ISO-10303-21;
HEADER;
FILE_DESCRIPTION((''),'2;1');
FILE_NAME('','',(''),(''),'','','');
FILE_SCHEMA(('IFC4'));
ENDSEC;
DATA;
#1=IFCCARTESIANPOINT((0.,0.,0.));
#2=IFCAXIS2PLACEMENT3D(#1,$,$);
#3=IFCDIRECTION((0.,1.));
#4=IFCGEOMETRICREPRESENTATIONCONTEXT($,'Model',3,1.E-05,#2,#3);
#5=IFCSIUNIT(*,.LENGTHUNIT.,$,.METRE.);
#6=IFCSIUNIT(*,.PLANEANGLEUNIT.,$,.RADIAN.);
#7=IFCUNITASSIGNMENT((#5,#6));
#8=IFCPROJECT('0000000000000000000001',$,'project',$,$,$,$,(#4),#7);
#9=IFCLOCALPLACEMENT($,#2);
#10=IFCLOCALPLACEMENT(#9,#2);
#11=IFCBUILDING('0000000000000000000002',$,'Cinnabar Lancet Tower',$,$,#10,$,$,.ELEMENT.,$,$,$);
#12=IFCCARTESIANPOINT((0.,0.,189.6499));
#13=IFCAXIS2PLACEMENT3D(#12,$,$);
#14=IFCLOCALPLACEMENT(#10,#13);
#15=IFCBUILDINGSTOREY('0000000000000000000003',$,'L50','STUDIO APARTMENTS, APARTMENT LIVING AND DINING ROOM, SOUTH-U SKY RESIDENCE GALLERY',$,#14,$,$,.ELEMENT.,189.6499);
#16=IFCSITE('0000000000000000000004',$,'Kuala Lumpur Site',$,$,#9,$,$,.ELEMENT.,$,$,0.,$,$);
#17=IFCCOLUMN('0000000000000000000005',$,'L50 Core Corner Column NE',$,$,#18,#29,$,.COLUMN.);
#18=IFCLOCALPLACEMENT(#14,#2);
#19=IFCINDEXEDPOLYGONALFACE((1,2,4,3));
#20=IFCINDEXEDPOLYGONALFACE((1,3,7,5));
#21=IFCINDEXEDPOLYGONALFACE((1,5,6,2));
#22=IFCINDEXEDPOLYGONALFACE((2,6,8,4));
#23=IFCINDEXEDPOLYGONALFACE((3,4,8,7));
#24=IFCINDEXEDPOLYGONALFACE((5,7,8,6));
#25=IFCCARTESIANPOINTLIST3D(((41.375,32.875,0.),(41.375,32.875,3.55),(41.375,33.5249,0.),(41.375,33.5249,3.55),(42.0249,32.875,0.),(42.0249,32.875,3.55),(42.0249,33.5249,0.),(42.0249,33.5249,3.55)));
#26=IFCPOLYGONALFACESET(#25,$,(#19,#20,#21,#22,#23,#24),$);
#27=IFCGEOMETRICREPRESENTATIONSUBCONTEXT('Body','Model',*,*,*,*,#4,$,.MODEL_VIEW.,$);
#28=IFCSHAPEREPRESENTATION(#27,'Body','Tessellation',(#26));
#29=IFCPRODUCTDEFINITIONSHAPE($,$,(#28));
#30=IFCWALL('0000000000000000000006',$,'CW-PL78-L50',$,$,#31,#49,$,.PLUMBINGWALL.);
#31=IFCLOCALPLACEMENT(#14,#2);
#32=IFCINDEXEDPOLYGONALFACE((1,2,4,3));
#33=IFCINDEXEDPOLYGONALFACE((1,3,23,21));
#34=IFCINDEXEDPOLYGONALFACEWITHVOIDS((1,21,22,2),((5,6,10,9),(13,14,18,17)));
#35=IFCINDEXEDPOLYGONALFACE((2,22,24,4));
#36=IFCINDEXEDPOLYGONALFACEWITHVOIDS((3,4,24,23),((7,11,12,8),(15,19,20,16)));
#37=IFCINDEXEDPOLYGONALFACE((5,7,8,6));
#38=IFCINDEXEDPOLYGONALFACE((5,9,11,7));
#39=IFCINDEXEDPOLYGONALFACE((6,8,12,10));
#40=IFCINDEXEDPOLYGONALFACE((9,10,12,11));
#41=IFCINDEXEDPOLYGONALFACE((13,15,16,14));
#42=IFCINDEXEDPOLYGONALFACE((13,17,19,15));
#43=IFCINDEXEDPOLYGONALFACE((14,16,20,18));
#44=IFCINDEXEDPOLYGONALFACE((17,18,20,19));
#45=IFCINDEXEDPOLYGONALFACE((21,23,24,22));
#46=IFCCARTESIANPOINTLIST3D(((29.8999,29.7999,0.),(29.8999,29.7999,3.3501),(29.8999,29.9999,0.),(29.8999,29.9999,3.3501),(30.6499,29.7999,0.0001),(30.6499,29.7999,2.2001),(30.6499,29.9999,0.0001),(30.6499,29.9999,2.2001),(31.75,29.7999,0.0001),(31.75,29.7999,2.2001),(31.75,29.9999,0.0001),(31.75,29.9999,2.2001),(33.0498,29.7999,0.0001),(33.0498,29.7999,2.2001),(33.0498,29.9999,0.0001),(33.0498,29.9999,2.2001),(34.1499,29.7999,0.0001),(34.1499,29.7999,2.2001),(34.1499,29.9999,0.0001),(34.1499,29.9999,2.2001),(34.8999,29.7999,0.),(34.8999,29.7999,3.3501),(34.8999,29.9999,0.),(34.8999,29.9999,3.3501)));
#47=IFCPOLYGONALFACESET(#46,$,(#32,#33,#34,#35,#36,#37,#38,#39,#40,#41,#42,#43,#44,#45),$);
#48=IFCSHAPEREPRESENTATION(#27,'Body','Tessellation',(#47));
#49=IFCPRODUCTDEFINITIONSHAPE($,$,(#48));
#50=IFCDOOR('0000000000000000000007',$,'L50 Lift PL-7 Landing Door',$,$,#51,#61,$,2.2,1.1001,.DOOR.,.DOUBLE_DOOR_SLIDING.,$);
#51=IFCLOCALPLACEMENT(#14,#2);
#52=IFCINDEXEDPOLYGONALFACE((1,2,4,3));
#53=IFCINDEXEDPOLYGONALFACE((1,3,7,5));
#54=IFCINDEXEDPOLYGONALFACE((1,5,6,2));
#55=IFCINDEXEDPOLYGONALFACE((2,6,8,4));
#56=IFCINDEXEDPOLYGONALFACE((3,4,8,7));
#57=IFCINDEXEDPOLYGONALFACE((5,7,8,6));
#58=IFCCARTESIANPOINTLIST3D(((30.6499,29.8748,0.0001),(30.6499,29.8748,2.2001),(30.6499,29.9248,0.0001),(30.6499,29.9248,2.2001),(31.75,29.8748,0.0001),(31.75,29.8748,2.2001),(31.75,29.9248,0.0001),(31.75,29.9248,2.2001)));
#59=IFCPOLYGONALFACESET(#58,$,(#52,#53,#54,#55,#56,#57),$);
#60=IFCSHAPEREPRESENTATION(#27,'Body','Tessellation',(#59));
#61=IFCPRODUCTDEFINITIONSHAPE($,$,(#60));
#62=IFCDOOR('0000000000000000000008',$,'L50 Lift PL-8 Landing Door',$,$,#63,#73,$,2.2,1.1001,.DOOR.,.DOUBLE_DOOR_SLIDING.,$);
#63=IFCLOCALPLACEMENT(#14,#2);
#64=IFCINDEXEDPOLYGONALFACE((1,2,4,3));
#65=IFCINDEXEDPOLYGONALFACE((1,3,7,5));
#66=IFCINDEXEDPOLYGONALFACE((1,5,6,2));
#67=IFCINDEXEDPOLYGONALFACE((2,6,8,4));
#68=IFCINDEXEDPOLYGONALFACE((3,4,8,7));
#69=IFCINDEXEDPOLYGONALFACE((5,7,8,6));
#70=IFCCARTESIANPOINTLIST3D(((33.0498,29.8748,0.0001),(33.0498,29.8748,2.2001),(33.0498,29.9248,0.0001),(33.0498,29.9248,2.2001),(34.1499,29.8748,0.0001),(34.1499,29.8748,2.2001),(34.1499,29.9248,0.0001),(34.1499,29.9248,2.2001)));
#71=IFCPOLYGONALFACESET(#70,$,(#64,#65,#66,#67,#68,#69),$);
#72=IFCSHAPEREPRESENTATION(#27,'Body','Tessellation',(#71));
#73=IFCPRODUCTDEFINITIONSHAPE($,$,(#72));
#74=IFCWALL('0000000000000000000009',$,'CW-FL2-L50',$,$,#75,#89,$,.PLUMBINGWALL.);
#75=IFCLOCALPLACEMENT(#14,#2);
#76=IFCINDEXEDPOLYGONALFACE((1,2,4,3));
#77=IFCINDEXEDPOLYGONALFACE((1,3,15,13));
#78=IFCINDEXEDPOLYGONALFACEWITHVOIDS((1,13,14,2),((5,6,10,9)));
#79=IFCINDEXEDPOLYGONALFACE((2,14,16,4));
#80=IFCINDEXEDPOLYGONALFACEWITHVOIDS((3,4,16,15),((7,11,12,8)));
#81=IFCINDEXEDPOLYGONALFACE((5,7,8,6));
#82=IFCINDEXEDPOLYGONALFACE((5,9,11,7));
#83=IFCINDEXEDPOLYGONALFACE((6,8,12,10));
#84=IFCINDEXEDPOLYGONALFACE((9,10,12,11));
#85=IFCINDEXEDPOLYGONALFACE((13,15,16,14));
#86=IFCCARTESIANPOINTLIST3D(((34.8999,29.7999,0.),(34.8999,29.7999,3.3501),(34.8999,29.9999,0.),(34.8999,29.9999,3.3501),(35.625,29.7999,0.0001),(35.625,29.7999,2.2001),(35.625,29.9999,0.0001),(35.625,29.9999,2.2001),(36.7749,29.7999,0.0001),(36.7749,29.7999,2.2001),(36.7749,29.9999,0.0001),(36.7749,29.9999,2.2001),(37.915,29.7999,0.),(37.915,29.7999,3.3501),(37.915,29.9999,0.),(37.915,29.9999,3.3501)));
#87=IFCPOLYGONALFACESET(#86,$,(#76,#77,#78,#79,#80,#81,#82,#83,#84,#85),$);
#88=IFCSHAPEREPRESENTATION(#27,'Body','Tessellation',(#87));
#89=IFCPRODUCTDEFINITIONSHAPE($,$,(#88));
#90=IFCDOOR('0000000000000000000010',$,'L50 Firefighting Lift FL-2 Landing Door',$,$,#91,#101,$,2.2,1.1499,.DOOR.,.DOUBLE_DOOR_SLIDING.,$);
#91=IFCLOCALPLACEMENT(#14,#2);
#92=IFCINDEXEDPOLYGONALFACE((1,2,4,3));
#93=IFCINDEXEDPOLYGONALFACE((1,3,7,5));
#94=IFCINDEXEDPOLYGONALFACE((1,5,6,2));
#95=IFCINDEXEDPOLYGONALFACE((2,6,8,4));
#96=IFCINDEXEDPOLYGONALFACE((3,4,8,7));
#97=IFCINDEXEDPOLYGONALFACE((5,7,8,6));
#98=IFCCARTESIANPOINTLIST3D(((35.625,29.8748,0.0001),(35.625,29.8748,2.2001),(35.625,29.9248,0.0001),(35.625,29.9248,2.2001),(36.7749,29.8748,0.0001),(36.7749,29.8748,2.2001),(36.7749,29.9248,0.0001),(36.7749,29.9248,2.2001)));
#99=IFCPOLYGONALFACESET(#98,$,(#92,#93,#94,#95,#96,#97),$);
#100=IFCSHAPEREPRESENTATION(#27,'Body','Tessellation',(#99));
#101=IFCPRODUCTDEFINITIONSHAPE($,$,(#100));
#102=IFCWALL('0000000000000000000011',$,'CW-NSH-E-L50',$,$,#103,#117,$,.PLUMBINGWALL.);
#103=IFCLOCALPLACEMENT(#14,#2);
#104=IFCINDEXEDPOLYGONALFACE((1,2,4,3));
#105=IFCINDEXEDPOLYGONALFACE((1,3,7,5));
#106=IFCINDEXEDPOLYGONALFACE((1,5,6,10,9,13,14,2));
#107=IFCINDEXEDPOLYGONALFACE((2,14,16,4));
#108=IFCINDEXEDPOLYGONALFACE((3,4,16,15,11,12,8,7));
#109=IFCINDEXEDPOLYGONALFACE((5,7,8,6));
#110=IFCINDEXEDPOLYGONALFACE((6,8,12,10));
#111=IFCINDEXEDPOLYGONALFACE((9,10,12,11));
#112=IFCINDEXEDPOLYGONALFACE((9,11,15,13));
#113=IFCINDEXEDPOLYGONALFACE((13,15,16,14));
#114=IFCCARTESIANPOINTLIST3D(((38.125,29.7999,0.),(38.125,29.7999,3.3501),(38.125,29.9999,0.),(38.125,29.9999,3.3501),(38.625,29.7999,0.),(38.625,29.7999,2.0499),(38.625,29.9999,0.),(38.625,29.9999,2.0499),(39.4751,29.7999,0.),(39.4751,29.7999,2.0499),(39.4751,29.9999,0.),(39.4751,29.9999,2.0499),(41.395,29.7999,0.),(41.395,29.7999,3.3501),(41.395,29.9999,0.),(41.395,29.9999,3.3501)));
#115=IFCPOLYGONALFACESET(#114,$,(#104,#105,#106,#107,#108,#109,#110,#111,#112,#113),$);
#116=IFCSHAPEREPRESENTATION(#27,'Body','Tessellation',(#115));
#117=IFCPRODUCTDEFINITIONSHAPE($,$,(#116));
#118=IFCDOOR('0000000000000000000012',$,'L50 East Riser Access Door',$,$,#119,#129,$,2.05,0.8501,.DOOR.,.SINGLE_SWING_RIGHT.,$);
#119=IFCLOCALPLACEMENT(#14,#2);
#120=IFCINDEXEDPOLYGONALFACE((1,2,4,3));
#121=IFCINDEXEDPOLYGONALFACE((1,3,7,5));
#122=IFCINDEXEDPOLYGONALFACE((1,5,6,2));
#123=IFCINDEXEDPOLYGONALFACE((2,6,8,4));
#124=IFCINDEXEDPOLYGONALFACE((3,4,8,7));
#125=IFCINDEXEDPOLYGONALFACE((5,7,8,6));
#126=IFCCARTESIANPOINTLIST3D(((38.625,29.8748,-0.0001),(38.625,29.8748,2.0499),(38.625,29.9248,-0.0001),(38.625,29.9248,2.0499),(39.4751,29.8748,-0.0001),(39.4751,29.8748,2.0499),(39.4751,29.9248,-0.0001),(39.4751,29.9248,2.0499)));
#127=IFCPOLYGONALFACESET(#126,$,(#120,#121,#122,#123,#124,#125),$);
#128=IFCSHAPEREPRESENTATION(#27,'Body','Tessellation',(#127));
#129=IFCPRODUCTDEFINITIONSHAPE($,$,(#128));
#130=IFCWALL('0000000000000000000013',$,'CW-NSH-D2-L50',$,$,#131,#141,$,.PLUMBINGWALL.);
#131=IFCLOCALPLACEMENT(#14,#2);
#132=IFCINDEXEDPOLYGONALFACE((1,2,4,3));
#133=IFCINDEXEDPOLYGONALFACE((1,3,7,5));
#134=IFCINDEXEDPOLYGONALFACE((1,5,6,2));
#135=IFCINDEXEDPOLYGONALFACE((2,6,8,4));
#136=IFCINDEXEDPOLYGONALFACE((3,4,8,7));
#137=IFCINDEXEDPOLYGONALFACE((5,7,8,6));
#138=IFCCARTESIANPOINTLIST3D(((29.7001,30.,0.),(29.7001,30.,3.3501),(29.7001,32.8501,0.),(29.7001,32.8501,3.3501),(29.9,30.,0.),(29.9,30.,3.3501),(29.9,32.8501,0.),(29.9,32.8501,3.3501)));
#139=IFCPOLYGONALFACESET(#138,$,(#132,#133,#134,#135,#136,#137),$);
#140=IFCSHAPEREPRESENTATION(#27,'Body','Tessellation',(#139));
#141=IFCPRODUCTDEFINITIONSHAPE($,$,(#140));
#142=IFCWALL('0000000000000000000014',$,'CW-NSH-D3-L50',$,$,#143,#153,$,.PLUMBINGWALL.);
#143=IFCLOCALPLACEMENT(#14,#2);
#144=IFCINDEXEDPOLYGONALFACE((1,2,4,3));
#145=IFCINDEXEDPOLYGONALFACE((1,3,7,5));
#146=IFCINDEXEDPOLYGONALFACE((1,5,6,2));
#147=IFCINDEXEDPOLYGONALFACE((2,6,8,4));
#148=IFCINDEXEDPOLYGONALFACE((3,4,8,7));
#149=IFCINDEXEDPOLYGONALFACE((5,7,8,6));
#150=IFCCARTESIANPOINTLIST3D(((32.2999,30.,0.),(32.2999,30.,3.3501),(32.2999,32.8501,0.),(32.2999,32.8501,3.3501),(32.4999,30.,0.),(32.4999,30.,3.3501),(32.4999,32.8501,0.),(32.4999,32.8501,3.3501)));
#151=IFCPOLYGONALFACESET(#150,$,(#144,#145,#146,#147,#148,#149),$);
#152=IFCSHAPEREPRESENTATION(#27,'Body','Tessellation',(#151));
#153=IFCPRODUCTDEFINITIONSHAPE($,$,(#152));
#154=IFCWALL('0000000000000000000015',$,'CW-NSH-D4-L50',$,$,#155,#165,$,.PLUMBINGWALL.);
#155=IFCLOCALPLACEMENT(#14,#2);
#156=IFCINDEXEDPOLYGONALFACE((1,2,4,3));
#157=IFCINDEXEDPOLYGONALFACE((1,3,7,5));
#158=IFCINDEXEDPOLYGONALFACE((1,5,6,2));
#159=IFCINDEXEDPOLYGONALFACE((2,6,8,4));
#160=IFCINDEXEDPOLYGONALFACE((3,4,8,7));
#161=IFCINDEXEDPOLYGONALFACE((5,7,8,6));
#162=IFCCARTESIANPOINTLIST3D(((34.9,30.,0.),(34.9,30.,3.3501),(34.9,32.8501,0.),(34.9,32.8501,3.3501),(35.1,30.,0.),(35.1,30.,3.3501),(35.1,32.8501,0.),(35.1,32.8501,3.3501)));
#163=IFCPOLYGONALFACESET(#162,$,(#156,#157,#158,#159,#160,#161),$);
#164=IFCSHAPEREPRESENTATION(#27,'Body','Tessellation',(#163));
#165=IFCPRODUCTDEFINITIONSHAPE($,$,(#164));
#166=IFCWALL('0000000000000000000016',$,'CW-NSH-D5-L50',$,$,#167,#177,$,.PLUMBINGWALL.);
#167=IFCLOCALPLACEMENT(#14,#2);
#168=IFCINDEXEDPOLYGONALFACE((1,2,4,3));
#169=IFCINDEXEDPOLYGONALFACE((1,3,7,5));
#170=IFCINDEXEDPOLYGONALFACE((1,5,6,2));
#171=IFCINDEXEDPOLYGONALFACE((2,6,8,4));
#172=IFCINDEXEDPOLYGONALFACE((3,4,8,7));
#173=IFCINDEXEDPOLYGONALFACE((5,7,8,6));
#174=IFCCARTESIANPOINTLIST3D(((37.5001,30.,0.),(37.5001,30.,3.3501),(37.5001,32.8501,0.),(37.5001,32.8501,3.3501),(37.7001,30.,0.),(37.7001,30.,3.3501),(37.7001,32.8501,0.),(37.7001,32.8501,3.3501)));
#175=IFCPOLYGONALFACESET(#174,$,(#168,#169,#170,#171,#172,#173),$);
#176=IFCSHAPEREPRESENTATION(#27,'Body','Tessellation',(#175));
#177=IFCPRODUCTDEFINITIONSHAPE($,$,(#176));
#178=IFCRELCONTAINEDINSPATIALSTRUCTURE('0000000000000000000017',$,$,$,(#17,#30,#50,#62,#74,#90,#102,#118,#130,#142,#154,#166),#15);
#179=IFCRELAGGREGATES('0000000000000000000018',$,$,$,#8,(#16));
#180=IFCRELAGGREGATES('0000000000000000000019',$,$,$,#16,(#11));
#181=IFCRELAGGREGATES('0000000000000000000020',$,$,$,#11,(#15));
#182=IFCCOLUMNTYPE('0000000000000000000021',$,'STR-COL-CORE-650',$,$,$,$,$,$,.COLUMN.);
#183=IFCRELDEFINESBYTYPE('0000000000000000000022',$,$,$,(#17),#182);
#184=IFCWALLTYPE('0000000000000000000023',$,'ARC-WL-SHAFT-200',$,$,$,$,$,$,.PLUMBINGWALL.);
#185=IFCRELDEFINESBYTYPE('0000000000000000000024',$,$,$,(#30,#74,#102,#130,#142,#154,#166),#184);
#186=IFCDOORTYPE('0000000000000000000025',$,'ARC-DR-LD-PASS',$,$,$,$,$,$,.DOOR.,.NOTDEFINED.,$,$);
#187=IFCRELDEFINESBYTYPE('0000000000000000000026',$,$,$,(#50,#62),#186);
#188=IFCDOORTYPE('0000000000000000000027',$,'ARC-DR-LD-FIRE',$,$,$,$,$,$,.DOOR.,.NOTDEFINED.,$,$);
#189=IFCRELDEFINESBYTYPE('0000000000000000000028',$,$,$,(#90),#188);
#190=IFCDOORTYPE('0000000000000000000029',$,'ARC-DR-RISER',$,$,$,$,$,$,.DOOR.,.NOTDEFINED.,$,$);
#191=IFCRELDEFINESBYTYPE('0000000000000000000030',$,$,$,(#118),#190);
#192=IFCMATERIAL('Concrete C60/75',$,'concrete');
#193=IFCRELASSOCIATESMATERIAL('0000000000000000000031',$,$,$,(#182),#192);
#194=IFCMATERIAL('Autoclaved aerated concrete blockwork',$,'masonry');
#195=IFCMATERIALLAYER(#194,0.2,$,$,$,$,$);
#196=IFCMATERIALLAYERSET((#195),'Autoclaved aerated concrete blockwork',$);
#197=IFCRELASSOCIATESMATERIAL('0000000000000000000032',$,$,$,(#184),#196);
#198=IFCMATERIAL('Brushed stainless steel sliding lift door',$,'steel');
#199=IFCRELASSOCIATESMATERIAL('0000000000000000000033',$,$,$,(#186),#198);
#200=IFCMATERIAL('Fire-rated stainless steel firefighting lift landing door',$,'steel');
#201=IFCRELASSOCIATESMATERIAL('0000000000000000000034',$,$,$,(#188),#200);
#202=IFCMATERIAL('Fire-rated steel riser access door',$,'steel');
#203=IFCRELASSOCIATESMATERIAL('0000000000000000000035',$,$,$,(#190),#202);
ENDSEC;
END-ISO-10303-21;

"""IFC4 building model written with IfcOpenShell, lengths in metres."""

from ifc_helpers import new_model, si_unit, direction, frame, frame_2d, origin, origin_2d, place, context, subcontext, project, spatial, rectangle, extrude, material, layer, layer_set, material_profile, profile_set, type_object, element, fill, save


model = new_model("IFC4")

# Units and contexts
model_context = context("Model", 3, precision=1e-05, world=origin(), true_north=direction((0.0, 1.0)))
body_context = subcontext(model_context, "Body", "Model", "MODEL_VIEW")
ifc_project = project(units=[si_unit("LENGTHUNIT", "METRE"), si_unit("PLANEANGLEUNIT", "RADIAN")], contexts=[model_context])

# Site, building, storey
site_placement = place(None, origin())
site = spatial("IfcSite", under=ifc_project, at=site_placement, Name="Kuala Lumpur Site", CompositionType="ELEMENT", RefElevation=0.0)
building_placement = place(site_placement, origin())
building = spatial("IfcBuilding", under=site, at=building_placement, Name="Cinnabar Lancet Tower", CompositionType="ELEMENT")
storey_placement = place(building_placement, frame((0.0, 0.0, 189.6499)))
storey = spatial("IfcBuildingStorey", under=building, at=storey_placement, Name="L50", Description="STUDIO APARTMENTS, APARTMENT LIVING AND DINING ROOM, SOUTH-U SKY RESIDENCE GALLERY", CompositionType="ELEMENT", Elevation=189.6499)

# Column
ifc_material_1 = material(Name="Concrete C60/75", Category="concrete")
ifc_material_profile = material_profile(ifc_material_1, rectangle(XDim=0.6499, YDim=0.6499, at=origin_2d()), Name="RC-COL 650x650")
ifc_profile_set = profile_set([ifc_material_profile], Name="Concrete C60/75")
column_type = type_object("IfcColumnType", Name="STR-COL-CORE-650", PredefinedType="COLUMN", material=ifc_profile_set)
column_placement = place(storey_placement, frame((41.7, 33.2, 0.0), z_axis=(0.0, 0.0, 1.0), x_axis=(1.0, 0.0, 0.0)))
element("IfcColumn", 1, at=column_placement, inside=storey, type_object=column_type, Name="L50 Core Corner Column NE", PredefinedType="COLUMN", context=body_context, shape_type="SweptSolid", body=[
    extrude(rectangle(XDim=0.6499, YDim=0.6499, at=origin_2d()), origin(), (0.0, 0.0, 1.0), 3.55),
])

# Wall, openings, doors
ifc_material_2 = material(Name="Autoclaved aerated concrete blockwork", Category="masonry")
ifc_layer_1 = layer(ifc_material_2, 0.2)
ifc_layer_set_1 = layer_set([ifc_layer_1], Name="Autoclaved aerated concrete blockwork")
wall_type_1 = type_object("IfcWallType", Name="ARC-WL-SHAFT-200", PredefinedType="PLUMBINGWALL", material=ifc_layer_set_1)
wall_1_placement = place(storey_placement, frame((29.8999, 29.8999, 0.0), z_axis=(0.0, 0.0, 1.0), x_axis=(1.0, 0.0, 0.0)))
wall_1 = element("IfcWall", 2, at=wall_1_placement, inside=storey, type_object=wall_type_1, Name="CW-PL78-L50", PredefinedType="PLUMBINGWALL", context=body_context, shape_type="SweptSolid", body=[
    extrude(rectangle(XDim=5.0, YDim=0.2, at=frame_2d((2.5, 0.0))), origin(), (0.0, 0.0, 1.0), 3.3501),
])
opening_1_placement = place(wall_1_placement, frame((0.75, 0.0, 0.0)))
opening_1 = element("IfcOpeningElement", 3, at=opening_1_placement, cuts=wall_1, PredefinedType="OPENING", context=body_context, shape_type="SweptSolid", body=[
    extrude(rectangle(XDim=1.1001, YDim=2.2, at=frame_2d((0.55, 1.1001))), frame((0.0, 0.1099, 0.0), z_axis=(0.0, -1.0, 0.0), x_axis=(1.0, 0.0, 0.0)), (0.0, 0.0, 1.0), 0.22),
])
opening_2_placement = place(wall_1_placement, frame((3.1499, 0.0, 0.0)))
opening_2 = element("IfcOpeningElement", 4, at=opening_2_placement, cuts=wall_1, PredefinedType="OPENING", context=body_context, shape_type="SweptSolid", body=[
    extrude(rectangle(XDim=1.1001, YDim=2.2, at=frame_2d((0.55, 1.1001))), frame((0.0, 0.1099, 0.0), z_axis=(0.0, -1.0, 0.0), x_axis=(1.0, 0.0, 0.0)), (0.0, 0.0, 1.0), 0.22),
])
ifc_material_3 = material(Name="Brushed stainless steel sliding lift door", Category="steel")
door_type_1 = type_object("IfcDoorType", Name="ARC-DR-LD-PASS", OperationType="NOTDEFINED", PredefinedType="DOOR", material=ifc_material_3)
door_1_placement = place(opening_1_placement, origin())
door_1 = element("IfcDoor", 5, at=door_1_placement, inside=storey, type_object=door_type_1, Name="L50 Lift PL-7 Landing Door", OperationType="DOUBLE_DOOR_SLIDING", OverallHeight=2.2, OverallWidth=1.1001, PredefinedType="DOOR", context=body_context, shape_type="SweptSolid", body=[
    extrude(rectangle(XDim=1.1001, YDim=2.2, at=frame_2d((0.55, 1.1001))), frame((0.0, 0.0249, 0.0), z_axis=(0.0, -1.0, 0.0), x_axis=(1.0, 0.0, 0.0)), (0.0, 0.0, 1.0), 0.05),
])
fill(opening_1, door_1)
door_2_placement = place(opening_2_placement, origin())
door_2 = element("IfcDoor", 6, at=door_2_placement, inside=storey, type_object=door_type_1, Name="L50 Lift PL-8 Landing Door", OperationType="DOUBLE_DOOR_SLIDING", OverallHeight=2.2, OverallWidth=1.1001, PredefinedType="DOOR", context=body_context, shape_type="SweptSolid", body=[
    extrude(rectangle(XDim=1.1001, YDim=2.2, at=frame_2d((0.55, 1.1001))), frame((0.0, 0.0249, 0.0), z_axis=(0.0, -1.0, 0.0), x_axis=(1.0, 0.0, 0.0)), (0.0, 0.0, 1.0), 0.05),
])
fill(opening_2, door_2)

# Walls, openings, doors
wall_2_placement = place(storey_placement, frame((34.8999, 29.8999, 0.0), z_axis=(0.0, 0.0, 1.0), x_axis=(1.0, 0.0, 0.0)))
wall_2 = element("IfcWall", 7, at=wall_2_placement, inside=storey, type_object=wall_type_1, Name="CW-FL2-L50", PredefinedType="PLUMBINGWALL", context=body_context, shape_type="SweptSolid", body=[
    extrude(rectangle(XDim=3.0151, YDim=0.2, at=frame_2d((1.5076, 0.0))), origin(), (0.0, 0.0, 1.0), 3.3501),
])
opening_3_placement = place(wall_2_placement, frame((0.7251, 0.0, 0.0)))
opening_3 = element("IfcOpeningElement", 8, at=opening_3_placement, cuts=wall_2, PredefinedType="OPENING", context=body_context, shape_type="SweptSolid", body=[
    extrude(rectangle(XDim=1.1499, YDim=2.2, at=frame_2d((0.575, 1.1001))), frame((0.0, 0.1099, 0.0), z_axis=(0.0, -1.0, 0.0), x_axis=(1.0, 0.0, 0.0)), (0.0, 0.0, 1.0), 0.22),
])
ifc_material_4 = material(Name="Fire-rated stainless steel firefighting lift landing door", Category="steel")
door_type_2 = type_object("IfcDoorType", Name="ARC-DR-LD-FIRE", OperationType="NOTDEFINED", PredefinedType="DOOR", material=ifc_material_4)
door_3_placement = place(opening_3_placement, origin())
door_3 = element("IfcDoor", 9, at=door_3_placement, inside=storey, type_object=door_type_2, Name="L50 Firefighting Lift FL-2 Landing Door", OperationType="DOUBLE_DOOR_SLIDING", OverallHeight=2.2, OverallWidth=1.1499, PredefinedType="DOOR", context=body_context, shape_type="SweptSolid", body=[
    extrude(rectangle(XDim=1.1499, YDim=2.2, at=frame_2d((0.575, 1.1001))), frame((0.0, 0.0249, 0.0), z_axis=(0.0, -1.0, 0.0), x_axis=(1.0, 0.0, 0.0)), (0.0, 0.0, 1.0), 0.05),
])
fill(opening_3, door_3)
wall_3_placement = place(storey_placement, frame((38.125, 29.8999, 0.0), z_axis=(0.0, 0.0, 1.0), x_axis=(1.0, 0.0, 0.0)))
wall_3 = element("IfcWall", 10, at=wall_3_placement, inside=storey, type_object=wall_type_1, Name="CW-NSH-E-L50", PredefinedType="PLUMBINGWALL", context=body_context, shape_type="SweptSolid", body=[
    extrude(rectangle(XDim=3.27, YDim=0.2, at=frame_2d((1.635, 0.0))), origin(), (0.0, 0.0, 1.0), 3.3501),
])
opening_4_placement = place(wall_3_placement, frame((0.5, 0.0, 0.0)))
opening_4 = element("IfcOpeningElement", 11, at=opening_4_placement, cuts=wall_3, PredefinedType="OPENING", context=body_context, shape_type="SweptSolid", body=[
    extrude(rectangle(XDim=0.8501, YDim=2.05, at=frame_2d((0.425, 1.0249))), frame((0.0, 0.1099, 0.0), z_axis=(0.0, -1.0, 0.0), x_axis=(1.0, 0.0, 0.0)), (0.0, 0.0, 1.0), 0.22),
])
ifc_material_5 = material(Name="Fire-rated steel riser access door", Category="steel")
door_type_3 = type_object("IfcDoorType", Name="ARC-DR-RISER", OperationType="NOTDEFINED", PredefinedType="DOOR", material=ifc_material_5)
door_4_placement = place(opening_4_placement, origin())
door_4 = element("IfcDoor", 12, at=door_4_placement, inside=storey, type_object=door_type_3, Name="L50 East Riser Access Door", OperationType="SINGLE_SWING_RIGHT", OverallHeight=2.05, OverallWidth=0.8501, PredefinedType="DOOR", context=body_context, shape_type="SweptSolid", body=[
    extrude(rectangle(XDim=0.8501, YDim=2.05, at=frame_2d((0.425, 1.0249))), frame((0.0, 0.0249, 0.0), z_axis=(0.0, -1.0, 0.0), x_axis=(1.0, 0.0, 0.0)), (0.0, 0.0, 1.0), 0.05),
])
fill(opening_4, door_4)

# Walls
for number, where, z_axis, x_axis, name in (
    (13, (29.8, 30.0, 0.0), (0.0, 0.0, 1.0), (0.0, 1.0, 0.0), "CW-NSH-D2-L50"),
    (14, (32.3999, 30.0, 0.0), (0.0, 0.0, 1.0), (0.0, 1.0, 0.0), "CW-NSH-D3-L50"),
    (15, (35.0, 30.0, 0.0), (0.0, 0.0, 1.0), (0.0, 1.0, 0.0), "CW-NSH-D4-L50"),
    (16, (37.6001, 30.0, 0.0), (0.0, 0.0, 1.0), (0.0, 1.0, 0.0), "CW-NSH-D5-L50"),
):
    element("IfcWall", number, at=place(storey_placement, frame(where, z_axis=z_axis, x_axis=x_axis)), inside=storey, type_object=wall_type_1, Name=name, PredefinedType="PLUMBINGWALL", context=body_context, shape_type="SweptSolid", body=[
        extrude(rectangle(XDim=2.8501, YDim=0.2, at=frame_2d((1.425, 0.0))), origin(), (0.0, 0.0, 1.0), 3.3501),
    ])

save(model, "model.ifc")
